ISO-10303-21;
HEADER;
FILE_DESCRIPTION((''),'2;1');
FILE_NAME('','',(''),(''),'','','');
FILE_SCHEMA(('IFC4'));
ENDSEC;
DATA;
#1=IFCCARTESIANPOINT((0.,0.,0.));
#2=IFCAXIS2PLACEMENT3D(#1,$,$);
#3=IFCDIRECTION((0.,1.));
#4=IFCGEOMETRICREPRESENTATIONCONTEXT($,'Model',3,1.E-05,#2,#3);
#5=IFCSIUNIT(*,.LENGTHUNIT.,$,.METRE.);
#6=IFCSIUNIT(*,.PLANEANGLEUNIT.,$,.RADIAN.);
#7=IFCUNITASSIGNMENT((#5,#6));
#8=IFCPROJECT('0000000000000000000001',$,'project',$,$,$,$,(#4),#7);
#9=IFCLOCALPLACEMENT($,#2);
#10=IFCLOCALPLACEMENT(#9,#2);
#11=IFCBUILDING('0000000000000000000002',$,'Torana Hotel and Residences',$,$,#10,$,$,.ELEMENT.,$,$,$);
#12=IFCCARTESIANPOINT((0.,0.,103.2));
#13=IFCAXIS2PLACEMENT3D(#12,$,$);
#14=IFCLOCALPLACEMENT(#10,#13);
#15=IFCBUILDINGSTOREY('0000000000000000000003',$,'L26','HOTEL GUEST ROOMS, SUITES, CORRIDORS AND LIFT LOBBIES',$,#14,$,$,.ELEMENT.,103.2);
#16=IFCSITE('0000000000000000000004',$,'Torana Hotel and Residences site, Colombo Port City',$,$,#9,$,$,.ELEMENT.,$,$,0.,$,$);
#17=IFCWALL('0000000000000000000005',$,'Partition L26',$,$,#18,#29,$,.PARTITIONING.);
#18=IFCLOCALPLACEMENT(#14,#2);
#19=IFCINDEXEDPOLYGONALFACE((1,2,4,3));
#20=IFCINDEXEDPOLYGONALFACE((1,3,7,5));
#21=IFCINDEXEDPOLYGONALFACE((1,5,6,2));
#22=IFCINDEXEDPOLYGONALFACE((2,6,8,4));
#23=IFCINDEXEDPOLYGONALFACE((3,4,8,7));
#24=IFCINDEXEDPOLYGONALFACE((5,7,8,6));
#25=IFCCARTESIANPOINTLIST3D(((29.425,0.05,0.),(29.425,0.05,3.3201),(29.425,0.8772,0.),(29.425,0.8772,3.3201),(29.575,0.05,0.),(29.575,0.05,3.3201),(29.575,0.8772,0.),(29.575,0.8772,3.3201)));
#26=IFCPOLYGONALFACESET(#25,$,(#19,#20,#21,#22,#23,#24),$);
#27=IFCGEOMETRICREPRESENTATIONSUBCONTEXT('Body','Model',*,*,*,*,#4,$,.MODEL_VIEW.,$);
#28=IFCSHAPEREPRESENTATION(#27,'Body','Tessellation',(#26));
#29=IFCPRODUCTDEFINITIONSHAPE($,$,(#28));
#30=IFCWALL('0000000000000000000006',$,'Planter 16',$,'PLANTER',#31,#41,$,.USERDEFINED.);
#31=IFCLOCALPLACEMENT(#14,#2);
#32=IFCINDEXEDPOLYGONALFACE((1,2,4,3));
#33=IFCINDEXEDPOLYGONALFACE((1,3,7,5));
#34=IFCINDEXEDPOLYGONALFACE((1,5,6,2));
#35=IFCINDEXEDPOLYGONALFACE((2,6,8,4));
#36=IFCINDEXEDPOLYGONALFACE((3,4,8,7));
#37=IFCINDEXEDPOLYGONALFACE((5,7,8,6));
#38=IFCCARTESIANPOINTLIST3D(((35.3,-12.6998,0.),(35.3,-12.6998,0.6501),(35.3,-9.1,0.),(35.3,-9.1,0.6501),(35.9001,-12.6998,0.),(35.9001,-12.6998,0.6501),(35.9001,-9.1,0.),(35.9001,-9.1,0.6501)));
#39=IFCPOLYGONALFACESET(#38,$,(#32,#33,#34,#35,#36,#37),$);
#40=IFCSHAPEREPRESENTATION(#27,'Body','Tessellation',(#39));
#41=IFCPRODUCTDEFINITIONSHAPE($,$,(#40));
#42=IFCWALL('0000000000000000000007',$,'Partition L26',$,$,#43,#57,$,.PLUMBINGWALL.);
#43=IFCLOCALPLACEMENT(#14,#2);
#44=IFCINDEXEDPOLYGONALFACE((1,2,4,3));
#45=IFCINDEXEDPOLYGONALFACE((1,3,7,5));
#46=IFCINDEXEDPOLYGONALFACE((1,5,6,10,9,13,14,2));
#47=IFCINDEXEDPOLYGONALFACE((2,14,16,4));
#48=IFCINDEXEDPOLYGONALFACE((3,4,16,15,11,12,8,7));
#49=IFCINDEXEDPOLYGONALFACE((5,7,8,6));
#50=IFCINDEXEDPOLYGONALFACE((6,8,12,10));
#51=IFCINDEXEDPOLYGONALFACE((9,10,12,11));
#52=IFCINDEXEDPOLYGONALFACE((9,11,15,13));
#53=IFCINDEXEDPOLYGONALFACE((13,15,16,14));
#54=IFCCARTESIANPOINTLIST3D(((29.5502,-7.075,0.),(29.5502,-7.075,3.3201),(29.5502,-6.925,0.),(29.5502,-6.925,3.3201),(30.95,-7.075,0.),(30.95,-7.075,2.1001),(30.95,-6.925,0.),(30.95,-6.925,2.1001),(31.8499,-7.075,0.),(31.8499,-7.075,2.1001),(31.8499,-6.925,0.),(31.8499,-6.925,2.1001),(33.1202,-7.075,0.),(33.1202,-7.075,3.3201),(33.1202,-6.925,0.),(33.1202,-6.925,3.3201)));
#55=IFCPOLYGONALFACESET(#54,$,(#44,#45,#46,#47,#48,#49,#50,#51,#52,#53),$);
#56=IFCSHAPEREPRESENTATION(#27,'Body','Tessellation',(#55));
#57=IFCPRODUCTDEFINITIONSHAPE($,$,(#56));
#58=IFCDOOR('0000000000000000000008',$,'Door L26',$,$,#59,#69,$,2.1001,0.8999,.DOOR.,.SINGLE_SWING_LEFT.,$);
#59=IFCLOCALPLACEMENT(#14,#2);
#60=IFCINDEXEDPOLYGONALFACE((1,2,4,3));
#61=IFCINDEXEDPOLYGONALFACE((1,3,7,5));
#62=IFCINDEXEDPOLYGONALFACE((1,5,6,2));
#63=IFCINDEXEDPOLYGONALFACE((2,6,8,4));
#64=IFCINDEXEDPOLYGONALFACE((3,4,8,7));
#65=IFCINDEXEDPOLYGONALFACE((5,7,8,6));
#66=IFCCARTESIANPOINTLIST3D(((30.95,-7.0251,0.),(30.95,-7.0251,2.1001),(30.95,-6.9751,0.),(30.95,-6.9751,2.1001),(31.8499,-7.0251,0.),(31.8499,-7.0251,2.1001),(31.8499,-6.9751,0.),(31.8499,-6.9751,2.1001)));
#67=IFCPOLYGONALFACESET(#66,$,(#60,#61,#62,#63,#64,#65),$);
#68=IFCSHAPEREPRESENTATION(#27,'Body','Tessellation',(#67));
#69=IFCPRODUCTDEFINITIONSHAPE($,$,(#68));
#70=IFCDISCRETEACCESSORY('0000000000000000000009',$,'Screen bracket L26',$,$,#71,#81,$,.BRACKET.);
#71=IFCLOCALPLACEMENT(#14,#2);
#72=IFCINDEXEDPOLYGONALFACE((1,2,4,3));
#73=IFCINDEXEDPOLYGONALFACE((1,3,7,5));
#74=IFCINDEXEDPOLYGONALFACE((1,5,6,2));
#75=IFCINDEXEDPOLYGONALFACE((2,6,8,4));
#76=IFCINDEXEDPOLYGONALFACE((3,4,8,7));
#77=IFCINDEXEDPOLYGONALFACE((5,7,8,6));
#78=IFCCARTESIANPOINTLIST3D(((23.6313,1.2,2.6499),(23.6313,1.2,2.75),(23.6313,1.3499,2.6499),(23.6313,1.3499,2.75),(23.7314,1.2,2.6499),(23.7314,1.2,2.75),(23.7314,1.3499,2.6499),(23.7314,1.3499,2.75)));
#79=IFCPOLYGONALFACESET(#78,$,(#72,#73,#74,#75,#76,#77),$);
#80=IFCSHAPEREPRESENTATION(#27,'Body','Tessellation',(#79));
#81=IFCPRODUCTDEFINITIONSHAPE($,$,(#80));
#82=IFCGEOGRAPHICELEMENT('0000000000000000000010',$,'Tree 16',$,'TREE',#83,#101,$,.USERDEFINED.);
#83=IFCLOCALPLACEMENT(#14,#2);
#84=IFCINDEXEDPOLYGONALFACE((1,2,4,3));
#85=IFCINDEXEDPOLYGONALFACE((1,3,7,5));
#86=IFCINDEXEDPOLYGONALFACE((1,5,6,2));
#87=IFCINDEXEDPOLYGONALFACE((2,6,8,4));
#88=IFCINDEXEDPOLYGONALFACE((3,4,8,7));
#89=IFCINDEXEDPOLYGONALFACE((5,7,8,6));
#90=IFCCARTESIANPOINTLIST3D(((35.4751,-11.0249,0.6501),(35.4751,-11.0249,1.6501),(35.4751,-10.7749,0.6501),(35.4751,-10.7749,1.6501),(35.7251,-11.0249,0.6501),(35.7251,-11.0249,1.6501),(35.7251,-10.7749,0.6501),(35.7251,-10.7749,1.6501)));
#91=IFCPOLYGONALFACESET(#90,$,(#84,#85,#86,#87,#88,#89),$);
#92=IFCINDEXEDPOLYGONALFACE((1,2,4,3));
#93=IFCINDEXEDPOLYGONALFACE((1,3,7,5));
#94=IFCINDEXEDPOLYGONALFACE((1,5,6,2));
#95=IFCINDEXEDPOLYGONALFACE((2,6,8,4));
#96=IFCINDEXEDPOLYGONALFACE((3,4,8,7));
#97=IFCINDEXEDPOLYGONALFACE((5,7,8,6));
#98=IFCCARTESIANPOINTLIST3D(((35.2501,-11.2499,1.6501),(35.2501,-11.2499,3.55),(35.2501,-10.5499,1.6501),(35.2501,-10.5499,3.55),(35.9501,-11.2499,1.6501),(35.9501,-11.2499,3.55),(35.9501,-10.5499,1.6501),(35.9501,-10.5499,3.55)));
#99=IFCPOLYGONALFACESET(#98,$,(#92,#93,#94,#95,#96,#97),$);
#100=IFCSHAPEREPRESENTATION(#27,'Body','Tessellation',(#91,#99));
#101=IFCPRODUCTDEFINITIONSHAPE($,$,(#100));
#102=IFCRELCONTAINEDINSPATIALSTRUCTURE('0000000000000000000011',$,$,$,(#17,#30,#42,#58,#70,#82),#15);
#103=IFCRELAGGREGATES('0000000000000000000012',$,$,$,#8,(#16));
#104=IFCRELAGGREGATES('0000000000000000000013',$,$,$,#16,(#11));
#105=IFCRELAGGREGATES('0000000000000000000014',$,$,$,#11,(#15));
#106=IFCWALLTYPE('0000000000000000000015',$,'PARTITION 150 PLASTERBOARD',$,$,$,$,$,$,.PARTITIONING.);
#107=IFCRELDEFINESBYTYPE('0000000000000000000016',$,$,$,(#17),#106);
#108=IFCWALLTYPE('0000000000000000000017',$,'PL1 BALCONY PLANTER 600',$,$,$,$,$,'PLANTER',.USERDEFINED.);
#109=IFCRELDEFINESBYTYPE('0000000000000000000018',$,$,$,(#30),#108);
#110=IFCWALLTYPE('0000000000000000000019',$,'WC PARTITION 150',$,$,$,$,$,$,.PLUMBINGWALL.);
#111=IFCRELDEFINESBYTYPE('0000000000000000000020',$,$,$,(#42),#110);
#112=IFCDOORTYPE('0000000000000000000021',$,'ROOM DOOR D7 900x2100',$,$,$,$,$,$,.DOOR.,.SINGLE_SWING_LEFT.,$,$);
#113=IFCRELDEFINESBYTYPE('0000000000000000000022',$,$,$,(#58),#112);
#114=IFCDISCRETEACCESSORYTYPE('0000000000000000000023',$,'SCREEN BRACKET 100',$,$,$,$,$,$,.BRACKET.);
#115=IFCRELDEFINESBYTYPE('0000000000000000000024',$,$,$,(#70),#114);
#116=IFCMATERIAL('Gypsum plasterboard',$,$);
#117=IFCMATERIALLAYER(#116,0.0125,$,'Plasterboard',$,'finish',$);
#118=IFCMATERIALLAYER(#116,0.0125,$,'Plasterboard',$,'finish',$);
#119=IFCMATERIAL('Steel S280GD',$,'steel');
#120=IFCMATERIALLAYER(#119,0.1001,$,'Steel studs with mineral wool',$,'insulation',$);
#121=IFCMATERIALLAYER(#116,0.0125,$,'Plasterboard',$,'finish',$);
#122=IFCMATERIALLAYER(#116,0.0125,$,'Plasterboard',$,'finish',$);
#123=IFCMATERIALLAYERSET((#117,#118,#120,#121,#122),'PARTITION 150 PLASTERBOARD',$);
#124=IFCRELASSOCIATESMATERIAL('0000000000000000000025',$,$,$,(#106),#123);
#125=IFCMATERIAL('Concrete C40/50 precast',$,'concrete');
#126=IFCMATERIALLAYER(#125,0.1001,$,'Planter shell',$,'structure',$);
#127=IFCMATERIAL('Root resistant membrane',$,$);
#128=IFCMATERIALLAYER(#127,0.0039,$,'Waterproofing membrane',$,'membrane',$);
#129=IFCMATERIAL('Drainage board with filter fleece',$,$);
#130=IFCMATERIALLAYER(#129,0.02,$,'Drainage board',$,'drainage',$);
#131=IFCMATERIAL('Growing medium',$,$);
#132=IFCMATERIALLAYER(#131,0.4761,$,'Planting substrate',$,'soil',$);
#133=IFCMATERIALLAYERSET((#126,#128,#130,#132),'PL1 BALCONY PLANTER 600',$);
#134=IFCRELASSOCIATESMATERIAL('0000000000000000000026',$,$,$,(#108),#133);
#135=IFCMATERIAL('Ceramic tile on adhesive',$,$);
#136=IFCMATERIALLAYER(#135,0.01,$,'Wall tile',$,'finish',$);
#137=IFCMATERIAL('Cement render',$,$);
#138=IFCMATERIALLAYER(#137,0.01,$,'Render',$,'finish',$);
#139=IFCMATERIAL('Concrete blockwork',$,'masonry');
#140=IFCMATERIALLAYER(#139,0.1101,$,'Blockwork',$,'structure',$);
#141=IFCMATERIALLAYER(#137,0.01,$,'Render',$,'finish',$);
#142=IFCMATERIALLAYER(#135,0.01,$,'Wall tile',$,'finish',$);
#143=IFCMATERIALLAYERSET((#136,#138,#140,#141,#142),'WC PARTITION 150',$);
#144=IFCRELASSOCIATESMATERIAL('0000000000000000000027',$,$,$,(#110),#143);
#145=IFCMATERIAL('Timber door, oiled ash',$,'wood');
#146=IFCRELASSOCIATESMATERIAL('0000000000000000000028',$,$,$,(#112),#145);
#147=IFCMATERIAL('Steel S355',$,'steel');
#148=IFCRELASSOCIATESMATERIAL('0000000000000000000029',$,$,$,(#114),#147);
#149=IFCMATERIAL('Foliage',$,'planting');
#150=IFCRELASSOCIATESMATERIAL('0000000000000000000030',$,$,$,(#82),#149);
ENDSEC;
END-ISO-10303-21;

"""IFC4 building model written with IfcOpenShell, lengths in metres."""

from ifc_helpers import new_model, si_unit, direction, frame, frame_2d, origin, origin_2d, place, context, subcontext, project, spatial, rectangle, extrude, material, layer, layer_set, type_object, element, fill, save


model = new_model("IFC4")

# Units and contexts
model_context = context("Model", 3, precision=1e-05, world=origin(), true_north=direction((0.0, 1.0)))
body_context = subcontext(model_context, "Body", "Model", "MODEL_VIEW")
ifc_project = project(units=[si_unit("LENGTHUNIT", "METRE"), si_unit("PLANEANGLEUNIT", "RADIAN")], contexts=[model_context])

# Site, building, storey
site_placement = place(None, origin())
site = spatial("IfcSite", under=ifc_project, at=site_placement, Name="Torana Hotel and Residences site, Colombo Port City", CompositionType="ELEMENT", RefElevation=0.0)
building_placement = place(site_placement, origin())
building = spatial("IfcBuilding", under=site, at=building_placement, Name="Torana Hotel and Residences", CompositionType="ELEMENT")
storey_placement = place(building_placement, frame((0.0, 0.0, 103.2)))
storey = spatial("IfcBuildingStorey", under=building, at=storey_placement, Name="L26", Description="HOTEL GUEST ROOMS, SUITES, CORRIDORS AND LIFT LOBBIES", CompositionType="ELEMENT", Elevation=103.2)

# Shared definitions
ifc_material_1 = material(Name="Steel S280GD", Category="steel")

# Shared definitions
ifc_material_2 = material(Name="Concrete C40/50 precast", Category="concrete")

# Walls
ifc_material_3 = material(Name="Gypsum plasterboard")
ifc_layer_1 = layer(ifc_material_3, 0.0125, Name="Plasterboard", Category="finish")
ifc_layer_2 = layer(ifc_material_3, 0.0125, Name="Plasterboard", Category="finish")
ifc_layer_3 = layer(ifc_material_1, 0.1001, Name="Steel studs with mineral wool", Category="insulation")
ifc_layer_4 = layer(ifc_material_3, 0.0125, Name="Plasterboard", Category="finish")
ifc_layer_5 = layer(ifc_material_3, 0.0125, Name="Plasterboard", Category="finish")
ifc_layer_set_1 = layer_set([ifc_layer_1, ifc_layer_2, ifc_layer_3, ifc_layer_4, ifc_layer_5], Name="PARTITION 150 PLASTERBOARD")
wall_type_1 = type_object("IfcWallType", Name="PARTITION 150 PLASTERBOARD", PredefinedType="PARTITIONING", material=ifc_layer_set_1)
wall_1_placement = place(storey_placement, frame((29.5, 0.05, 0.0), z_axis=(0.0, 0.0, 1.0), x_axis=(0.0, 1.0, 0.0)))
element("IfcWall", 1, at=wall_1_placement, inside=storey, type_object=wall_type_1, Name="Partition L26", PredefinedType="PARTITIONING", context=body_context, shape_type="SweptSolid", body=[
    extrude(rectangle(XDim=0.8271, YDim=0.1499, at=frame_2d((0.4136, 0.0))), origin(), (0.0, 0.0, 1.0), 3.3201),
])
ifc_layer_6 = layer(ifc_material_2, 0.1001, Name="Planter shell", Category="structure")
ifc_material_4 = material(Name="Root resistant membrane")
ifc_layer_7 = layer(ifc_material_4, 0.0039, Name="Waterproofing membrane", Category="membrane")
ifc_material_5 = material(Name="Drainage board with filter fleece")
ifc_layer_8 = layer(ifc_material_5, 0.02, Name="Drainage board", Category="drainage")
ifc_material_6 = material(Name="Growing medium")
ifc_layer_9 = layer(ifc_material_6, 0.4761, Name="Planting substrate", Category="soil")
ifc_layer_set_2 = layer_set([ifc_layer_6, ifc_layer_7, ifc_layer_8, ifc_layer_9], Name="PL1 BALCONY PLANTER 600")
wall_type_2 = type_object("IfcWallType", Name="PL1 BALCONY PLANTER 600", ElementType="PLANTER", PredefinedType="USERDEFINED", material=ifc_layer_set_2)
wall_2_placement = place(storey_placement, frame((35.6001, -9.1001, 0.0), z_axis=(0.0, 0.0, 1.0), x_axis=(0.0, -1.0, 0.0)))
element("IfcWall", 2, at=wall_2_placement, inside=storey, type_object=wall_type_2, Name="Planter 16", ObjectType="PLANTER", PredefinedType="USERDEFINED", context=body_context, shape_type="SweptSolid", body=[
    extrude(rectangle(XDim=3.5999, YDim=0.6001, at=frame_2d((1.7998, 0.0))), origin(), (0.0, 0.0, 1.0), 0.6501),
])

# Wall, opening, door
ifc_material_7 = material(Name="Ceramic tile on adhesive")
ifc_layer_10 = layer(ifc_material_7, 0.01, Name="Wall tile", Category="finish")
ifc_material_8 = material(Name="Cement render")
ifc_layer_11 = layer(ifc_material_8, 0.01, Name="Render", Category="finish")
ifc_material_9 = material(Name="Concrete blockwork", Category="masonry")
ifc_layer_12 = layer(ifc_material_9, 0.1101, Name="Blockwork", Category="structure")
ifc_layer_13 = layer(ifc_material_8, 0.01, Name="Render", Category="finish")
ifc_layer_14 = layer(ifc_material_7, 0.01, Name="Wall tile", Category="finish")
ifc_layer_set_3 = layer_set([ifc_layer_10, ifc_layer_11, ifc_layer_12, ifc_layer_13, ifc_layer_14], Name="WC PARTITION 150")
wall_type_3 = type_object("IfcWallType", Name="WC PARTITION 150", PredefinedType="PLUMBINGWALL", material=ifc_layer_set_3)
wall_3_placement = place(storey_placement, frame((29.55, -7.0, 0.0), z_axis=(0.0, 0.0, 1.0), x_axis=(1.0, 0.0, 0.0)))
wall_3 = element("IfcWall", 3, at=wall_3_placement, inside=storey, type_object=wall_type_3, Name="Partition L26", PredefinedType="PLUMBINGWALL", context=body_context, shape_type="SweptSolid", body=[
    extrude(rectangle(XDim=3.5701, YDim=0.1499, at=frame_2d((1.7852, 0.0))), origin(), (0.0, 0.0, 1.0), 3.3201),
])
opening_1_placement = place(wall_3_placement, frame((1.3999, 0.0, 0.0)))
opening_1 = element("IfcOpeningElement", 4, at=opening_1_placement, cuts=wall_3, PredefinedType="OPENING", context=body_context, shape_type="SweptSolid", body=[
    extrude(rectangle(XDim=0.8999, YDim=2.1001, at=frame_2d((0.45, 1.05))), frame((0.0, 0.085, 0.0), z_axis=(0.0, -1.0, 0.0), x_axis=(1.0, 0.0, 0.0)), (0.0, 0.0, 1.0), 0.1699),
])
ifc_material_10 = material(Name="Timber door, oiled ash", Category="wood")
door_type = type_object("IfcDoorType", Name="ROOM DOOR D7 900x2100", OperationType="SINGLE_SWING_LEFT", PredefinedType="DOOR", material=ifc_material_10)
door_placement = place(opening_1_placement, origin())
door = element("IfcDoor", 5, at=door_placement, inside=storey, type_object=door_type, Name="Door L26", OperationType="SINGLE_SWING_LEFT", OverallHeight=2.1001, OverallWidth=0.8999, PredefinedType="DOOR", context=body_context, shape_type="SweptSolid", body=[
    extrude(rectangle(XDim=0.8999, YDim=2.1001, at=frame_2d((0.45, 1.05))), frame((0.0, 0.0249, 0.0), z_axis=(0.0, -1.0, 0.0), x_axis=(1.0, 0.0, 0.0)), (0.0, 0.0, 1.0), 0.05),
])
fill(opening_1, door)

# Discrete accessory
ifc_material_11 = material(Name="Steel S355", Category="steel")
discrete_accessory_type = type_object("IfcDiscreteAccessoryType", Name="SCREEN BRACKET 100", PredefinedType="BRACKET", material=ifc_material_11)
discrete_accessory_placement = place(storey_placement, frame((23.6814, 1.2749, 2.6499), z_axis=(0.0, 0.0, 1.0), x_axis=(-1.0, 0.0, 0.0)))
element("IfcDiscreteAccessory", 6, at=discrete_accessory_placement, inside=storey, type_object=discrete_accessory_type, Name="Screen bracket L26", PredefinedType="BRACKET", context=body_context, shape_type="SweptSolid", body=[
    extrude(rectangle(XDim=0.1001, YDim=0.1499, at=origin_2d()), origin(), (0.0, 0.0, 1.0), 0.1001),
])

# Geographic element
ifc_material_12 = material(Name="Foliage", Category="planting")
geographic_element_placement = place(storey_placement, frame((35.6001, -10.8999, 0.6501), z_axis=(0.0, 0.0, 1.0), x_axis=(1.0, 0.0, 0.0)))
element("IfcGeographicElement", 7, at=geographic_element_placement, inside=storey, material=ifc_material_12, Name="Tree 16", ObjectType="TREE", PredefinedType="USERDEFINED", context=body_context, shape_type="SweptSolid", body=[
    extrude(rectangle(XDim=0.25, YDim=0.25, at=origin_2d()), origin(), (0.0, 0.0, 1.0), 1.0),
    extrude(rectangle(XDim=0.7, YDim=0.7, at=origin_2d()), frame((0.0, 0.0, 1.0)), (0.0, 0.0, 1.0), 1.8999),
])

save(model, "model.ifc")
